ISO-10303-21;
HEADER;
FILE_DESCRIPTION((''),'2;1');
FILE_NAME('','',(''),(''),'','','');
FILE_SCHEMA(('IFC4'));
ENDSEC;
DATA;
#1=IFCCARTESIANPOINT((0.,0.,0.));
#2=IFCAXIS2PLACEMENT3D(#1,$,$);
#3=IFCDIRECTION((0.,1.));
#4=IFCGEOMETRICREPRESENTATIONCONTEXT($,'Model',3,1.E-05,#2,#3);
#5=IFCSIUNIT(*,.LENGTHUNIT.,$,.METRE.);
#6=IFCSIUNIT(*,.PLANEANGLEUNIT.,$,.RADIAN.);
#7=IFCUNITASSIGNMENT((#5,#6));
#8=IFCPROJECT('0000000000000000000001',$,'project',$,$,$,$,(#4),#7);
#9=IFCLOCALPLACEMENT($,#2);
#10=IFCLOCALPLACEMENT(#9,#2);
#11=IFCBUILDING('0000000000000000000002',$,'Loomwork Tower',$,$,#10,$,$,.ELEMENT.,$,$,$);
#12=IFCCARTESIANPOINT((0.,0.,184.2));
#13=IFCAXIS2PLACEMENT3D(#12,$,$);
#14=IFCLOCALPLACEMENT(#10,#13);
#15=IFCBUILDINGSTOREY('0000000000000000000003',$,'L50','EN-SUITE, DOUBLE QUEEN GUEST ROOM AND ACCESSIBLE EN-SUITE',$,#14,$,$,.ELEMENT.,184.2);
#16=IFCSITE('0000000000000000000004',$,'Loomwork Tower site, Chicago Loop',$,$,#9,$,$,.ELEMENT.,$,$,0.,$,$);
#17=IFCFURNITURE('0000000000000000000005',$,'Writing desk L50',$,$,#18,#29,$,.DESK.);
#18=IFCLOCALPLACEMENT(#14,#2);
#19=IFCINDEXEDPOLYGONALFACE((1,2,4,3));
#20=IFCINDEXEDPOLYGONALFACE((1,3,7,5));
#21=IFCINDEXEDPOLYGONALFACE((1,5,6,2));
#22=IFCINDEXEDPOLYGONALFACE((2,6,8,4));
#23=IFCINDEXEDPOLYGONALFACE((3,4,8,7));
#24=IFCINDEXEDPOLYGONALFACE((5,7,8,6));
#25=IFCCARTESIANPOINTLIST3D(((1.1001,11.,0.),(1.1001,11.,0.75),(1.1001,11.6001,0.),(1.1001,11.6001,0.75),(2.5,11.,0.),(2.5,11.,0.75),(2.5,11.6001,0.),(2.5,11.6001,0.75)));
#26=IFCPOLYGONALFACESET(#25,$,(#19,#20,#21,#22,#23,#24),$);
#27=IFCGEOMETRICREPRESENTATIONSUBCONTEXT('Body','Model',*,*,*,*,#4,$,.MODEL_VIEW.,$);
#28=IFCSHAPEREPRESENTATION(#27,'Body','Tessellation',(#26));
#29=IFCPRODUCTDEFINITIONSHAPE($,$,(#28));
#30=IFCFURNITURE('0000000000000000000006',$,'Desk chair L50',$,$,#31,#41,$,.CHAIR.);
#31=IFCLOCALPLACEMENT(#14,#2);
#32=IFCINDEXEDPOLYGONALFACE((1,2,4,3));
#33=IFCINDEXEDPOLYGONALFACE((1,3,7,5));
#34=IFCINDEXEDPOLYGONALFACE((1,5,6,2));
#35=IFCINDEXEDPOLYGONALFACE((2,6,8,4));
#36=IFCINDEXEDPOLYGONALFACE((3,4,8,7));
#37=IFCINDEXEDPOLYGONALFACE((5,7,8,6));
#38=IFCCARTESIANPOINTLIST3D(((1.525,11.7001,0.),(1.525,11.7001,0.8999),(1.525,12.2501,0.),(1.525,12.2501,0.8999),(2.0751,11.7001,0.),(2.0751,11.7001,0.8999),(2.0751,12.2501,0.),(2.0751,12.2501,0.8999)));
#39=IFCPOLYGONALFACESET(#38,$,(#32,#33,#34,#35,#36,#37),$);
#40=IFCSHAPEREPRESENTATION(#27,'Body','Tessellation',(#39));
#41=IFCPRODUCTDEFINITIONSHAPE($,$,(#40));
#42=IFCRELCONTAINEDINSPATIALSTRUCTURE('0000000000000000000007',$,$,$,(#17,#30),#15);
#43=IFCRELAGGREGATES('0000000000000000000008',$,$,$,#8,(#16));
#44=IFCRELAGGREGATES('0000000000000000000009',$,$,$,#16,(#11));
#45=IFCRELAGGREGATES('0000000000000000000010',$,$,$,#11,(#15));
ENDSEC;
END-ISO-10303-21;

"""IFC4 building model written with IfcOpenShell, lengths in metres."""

from ifc_helpers import new_model, si_unit, direction, frame, origin, origin_2d, place, context, subcontext, project, spatial, rectangle, extrude, element, save


model = new_model("IFC4")

# Units and contexts
model_context = context("Model", 3, precision=1e-05, world=origin(), true_north=direction((0.0, 1.0)))
body_context = subcontext(model_context, "Body", "Model", "MODEL_VIEW")
ifc_project = project(units=[si_unit("LENGTHUNIT", "METRE"), si_unit("PLANEANGLEUNIT", "RADIAN")], contexts=[model_context])

# Site, building, storey
site_placement = place(None, origin())
site = spatial("IfcSite", under=ifc_project, at=site_placement, Name="Loomwork Tower site, Chicago Loop", CompositionType="ELEMENT", RefElevation=0.0)
building_placement = place(site_placement, origin())
building = spatial("IfcBuilding", under=site, at=building_placement, Name="Loomwork Tower", CompositionType="ELEMENT")
storey_placement = place(building_placement, frame((0.0, 0.0, 184.2)))
storey = spatial("IfcBuildingStorey", under=building, at=storey_placement, Name="L50", Description="EN-SUITE, DOUBLE QUEEN GUEST ROOM AND ACCESSIBLE EN-SUITE", CompositionType="ELEMENT", Elevation=184.2)

# Furniture
furniture_1_placement = place(storey_placement, frame((1.8, 11.3, 0.0), z_axis=(0.0, 0.0, 1.0), x_axis=(1.0, 0.0, 0.0)))
element("IfcFurniture", 1, at=furniture_1_placement, inside=storey, Name="Writing desk L50", PredefinedType="DESK", context=body_context, shape_type="SweptSolid", body=[
    extrude(rectangle(XDim=1.3999, YDim=0.6001, at=origin_2d()), origin(), (0.0, 0.0, 1.0), 0.75),
])
furniture_2_placement = place(storey_placement, frame((1.8, 11.9751, 0.0), z_axis=(0.0, 0.0, 1.0), x_axis=(1.0, 0.0, 0.0)))
element("IfcFurniture", 2, at=furniture_2_placement, inside=storey, Name="Desk chair L50", PredefinedType="CHAIR", context=body_context, shape_type="SweptSolid", body=[
    extrude(rectangle(XDim=0.55, YDim=0.55, at=origin_2d()), origin(), (0.0, 0.0, 1.0), 0.8999),
])

save(model, "model.ifc")
